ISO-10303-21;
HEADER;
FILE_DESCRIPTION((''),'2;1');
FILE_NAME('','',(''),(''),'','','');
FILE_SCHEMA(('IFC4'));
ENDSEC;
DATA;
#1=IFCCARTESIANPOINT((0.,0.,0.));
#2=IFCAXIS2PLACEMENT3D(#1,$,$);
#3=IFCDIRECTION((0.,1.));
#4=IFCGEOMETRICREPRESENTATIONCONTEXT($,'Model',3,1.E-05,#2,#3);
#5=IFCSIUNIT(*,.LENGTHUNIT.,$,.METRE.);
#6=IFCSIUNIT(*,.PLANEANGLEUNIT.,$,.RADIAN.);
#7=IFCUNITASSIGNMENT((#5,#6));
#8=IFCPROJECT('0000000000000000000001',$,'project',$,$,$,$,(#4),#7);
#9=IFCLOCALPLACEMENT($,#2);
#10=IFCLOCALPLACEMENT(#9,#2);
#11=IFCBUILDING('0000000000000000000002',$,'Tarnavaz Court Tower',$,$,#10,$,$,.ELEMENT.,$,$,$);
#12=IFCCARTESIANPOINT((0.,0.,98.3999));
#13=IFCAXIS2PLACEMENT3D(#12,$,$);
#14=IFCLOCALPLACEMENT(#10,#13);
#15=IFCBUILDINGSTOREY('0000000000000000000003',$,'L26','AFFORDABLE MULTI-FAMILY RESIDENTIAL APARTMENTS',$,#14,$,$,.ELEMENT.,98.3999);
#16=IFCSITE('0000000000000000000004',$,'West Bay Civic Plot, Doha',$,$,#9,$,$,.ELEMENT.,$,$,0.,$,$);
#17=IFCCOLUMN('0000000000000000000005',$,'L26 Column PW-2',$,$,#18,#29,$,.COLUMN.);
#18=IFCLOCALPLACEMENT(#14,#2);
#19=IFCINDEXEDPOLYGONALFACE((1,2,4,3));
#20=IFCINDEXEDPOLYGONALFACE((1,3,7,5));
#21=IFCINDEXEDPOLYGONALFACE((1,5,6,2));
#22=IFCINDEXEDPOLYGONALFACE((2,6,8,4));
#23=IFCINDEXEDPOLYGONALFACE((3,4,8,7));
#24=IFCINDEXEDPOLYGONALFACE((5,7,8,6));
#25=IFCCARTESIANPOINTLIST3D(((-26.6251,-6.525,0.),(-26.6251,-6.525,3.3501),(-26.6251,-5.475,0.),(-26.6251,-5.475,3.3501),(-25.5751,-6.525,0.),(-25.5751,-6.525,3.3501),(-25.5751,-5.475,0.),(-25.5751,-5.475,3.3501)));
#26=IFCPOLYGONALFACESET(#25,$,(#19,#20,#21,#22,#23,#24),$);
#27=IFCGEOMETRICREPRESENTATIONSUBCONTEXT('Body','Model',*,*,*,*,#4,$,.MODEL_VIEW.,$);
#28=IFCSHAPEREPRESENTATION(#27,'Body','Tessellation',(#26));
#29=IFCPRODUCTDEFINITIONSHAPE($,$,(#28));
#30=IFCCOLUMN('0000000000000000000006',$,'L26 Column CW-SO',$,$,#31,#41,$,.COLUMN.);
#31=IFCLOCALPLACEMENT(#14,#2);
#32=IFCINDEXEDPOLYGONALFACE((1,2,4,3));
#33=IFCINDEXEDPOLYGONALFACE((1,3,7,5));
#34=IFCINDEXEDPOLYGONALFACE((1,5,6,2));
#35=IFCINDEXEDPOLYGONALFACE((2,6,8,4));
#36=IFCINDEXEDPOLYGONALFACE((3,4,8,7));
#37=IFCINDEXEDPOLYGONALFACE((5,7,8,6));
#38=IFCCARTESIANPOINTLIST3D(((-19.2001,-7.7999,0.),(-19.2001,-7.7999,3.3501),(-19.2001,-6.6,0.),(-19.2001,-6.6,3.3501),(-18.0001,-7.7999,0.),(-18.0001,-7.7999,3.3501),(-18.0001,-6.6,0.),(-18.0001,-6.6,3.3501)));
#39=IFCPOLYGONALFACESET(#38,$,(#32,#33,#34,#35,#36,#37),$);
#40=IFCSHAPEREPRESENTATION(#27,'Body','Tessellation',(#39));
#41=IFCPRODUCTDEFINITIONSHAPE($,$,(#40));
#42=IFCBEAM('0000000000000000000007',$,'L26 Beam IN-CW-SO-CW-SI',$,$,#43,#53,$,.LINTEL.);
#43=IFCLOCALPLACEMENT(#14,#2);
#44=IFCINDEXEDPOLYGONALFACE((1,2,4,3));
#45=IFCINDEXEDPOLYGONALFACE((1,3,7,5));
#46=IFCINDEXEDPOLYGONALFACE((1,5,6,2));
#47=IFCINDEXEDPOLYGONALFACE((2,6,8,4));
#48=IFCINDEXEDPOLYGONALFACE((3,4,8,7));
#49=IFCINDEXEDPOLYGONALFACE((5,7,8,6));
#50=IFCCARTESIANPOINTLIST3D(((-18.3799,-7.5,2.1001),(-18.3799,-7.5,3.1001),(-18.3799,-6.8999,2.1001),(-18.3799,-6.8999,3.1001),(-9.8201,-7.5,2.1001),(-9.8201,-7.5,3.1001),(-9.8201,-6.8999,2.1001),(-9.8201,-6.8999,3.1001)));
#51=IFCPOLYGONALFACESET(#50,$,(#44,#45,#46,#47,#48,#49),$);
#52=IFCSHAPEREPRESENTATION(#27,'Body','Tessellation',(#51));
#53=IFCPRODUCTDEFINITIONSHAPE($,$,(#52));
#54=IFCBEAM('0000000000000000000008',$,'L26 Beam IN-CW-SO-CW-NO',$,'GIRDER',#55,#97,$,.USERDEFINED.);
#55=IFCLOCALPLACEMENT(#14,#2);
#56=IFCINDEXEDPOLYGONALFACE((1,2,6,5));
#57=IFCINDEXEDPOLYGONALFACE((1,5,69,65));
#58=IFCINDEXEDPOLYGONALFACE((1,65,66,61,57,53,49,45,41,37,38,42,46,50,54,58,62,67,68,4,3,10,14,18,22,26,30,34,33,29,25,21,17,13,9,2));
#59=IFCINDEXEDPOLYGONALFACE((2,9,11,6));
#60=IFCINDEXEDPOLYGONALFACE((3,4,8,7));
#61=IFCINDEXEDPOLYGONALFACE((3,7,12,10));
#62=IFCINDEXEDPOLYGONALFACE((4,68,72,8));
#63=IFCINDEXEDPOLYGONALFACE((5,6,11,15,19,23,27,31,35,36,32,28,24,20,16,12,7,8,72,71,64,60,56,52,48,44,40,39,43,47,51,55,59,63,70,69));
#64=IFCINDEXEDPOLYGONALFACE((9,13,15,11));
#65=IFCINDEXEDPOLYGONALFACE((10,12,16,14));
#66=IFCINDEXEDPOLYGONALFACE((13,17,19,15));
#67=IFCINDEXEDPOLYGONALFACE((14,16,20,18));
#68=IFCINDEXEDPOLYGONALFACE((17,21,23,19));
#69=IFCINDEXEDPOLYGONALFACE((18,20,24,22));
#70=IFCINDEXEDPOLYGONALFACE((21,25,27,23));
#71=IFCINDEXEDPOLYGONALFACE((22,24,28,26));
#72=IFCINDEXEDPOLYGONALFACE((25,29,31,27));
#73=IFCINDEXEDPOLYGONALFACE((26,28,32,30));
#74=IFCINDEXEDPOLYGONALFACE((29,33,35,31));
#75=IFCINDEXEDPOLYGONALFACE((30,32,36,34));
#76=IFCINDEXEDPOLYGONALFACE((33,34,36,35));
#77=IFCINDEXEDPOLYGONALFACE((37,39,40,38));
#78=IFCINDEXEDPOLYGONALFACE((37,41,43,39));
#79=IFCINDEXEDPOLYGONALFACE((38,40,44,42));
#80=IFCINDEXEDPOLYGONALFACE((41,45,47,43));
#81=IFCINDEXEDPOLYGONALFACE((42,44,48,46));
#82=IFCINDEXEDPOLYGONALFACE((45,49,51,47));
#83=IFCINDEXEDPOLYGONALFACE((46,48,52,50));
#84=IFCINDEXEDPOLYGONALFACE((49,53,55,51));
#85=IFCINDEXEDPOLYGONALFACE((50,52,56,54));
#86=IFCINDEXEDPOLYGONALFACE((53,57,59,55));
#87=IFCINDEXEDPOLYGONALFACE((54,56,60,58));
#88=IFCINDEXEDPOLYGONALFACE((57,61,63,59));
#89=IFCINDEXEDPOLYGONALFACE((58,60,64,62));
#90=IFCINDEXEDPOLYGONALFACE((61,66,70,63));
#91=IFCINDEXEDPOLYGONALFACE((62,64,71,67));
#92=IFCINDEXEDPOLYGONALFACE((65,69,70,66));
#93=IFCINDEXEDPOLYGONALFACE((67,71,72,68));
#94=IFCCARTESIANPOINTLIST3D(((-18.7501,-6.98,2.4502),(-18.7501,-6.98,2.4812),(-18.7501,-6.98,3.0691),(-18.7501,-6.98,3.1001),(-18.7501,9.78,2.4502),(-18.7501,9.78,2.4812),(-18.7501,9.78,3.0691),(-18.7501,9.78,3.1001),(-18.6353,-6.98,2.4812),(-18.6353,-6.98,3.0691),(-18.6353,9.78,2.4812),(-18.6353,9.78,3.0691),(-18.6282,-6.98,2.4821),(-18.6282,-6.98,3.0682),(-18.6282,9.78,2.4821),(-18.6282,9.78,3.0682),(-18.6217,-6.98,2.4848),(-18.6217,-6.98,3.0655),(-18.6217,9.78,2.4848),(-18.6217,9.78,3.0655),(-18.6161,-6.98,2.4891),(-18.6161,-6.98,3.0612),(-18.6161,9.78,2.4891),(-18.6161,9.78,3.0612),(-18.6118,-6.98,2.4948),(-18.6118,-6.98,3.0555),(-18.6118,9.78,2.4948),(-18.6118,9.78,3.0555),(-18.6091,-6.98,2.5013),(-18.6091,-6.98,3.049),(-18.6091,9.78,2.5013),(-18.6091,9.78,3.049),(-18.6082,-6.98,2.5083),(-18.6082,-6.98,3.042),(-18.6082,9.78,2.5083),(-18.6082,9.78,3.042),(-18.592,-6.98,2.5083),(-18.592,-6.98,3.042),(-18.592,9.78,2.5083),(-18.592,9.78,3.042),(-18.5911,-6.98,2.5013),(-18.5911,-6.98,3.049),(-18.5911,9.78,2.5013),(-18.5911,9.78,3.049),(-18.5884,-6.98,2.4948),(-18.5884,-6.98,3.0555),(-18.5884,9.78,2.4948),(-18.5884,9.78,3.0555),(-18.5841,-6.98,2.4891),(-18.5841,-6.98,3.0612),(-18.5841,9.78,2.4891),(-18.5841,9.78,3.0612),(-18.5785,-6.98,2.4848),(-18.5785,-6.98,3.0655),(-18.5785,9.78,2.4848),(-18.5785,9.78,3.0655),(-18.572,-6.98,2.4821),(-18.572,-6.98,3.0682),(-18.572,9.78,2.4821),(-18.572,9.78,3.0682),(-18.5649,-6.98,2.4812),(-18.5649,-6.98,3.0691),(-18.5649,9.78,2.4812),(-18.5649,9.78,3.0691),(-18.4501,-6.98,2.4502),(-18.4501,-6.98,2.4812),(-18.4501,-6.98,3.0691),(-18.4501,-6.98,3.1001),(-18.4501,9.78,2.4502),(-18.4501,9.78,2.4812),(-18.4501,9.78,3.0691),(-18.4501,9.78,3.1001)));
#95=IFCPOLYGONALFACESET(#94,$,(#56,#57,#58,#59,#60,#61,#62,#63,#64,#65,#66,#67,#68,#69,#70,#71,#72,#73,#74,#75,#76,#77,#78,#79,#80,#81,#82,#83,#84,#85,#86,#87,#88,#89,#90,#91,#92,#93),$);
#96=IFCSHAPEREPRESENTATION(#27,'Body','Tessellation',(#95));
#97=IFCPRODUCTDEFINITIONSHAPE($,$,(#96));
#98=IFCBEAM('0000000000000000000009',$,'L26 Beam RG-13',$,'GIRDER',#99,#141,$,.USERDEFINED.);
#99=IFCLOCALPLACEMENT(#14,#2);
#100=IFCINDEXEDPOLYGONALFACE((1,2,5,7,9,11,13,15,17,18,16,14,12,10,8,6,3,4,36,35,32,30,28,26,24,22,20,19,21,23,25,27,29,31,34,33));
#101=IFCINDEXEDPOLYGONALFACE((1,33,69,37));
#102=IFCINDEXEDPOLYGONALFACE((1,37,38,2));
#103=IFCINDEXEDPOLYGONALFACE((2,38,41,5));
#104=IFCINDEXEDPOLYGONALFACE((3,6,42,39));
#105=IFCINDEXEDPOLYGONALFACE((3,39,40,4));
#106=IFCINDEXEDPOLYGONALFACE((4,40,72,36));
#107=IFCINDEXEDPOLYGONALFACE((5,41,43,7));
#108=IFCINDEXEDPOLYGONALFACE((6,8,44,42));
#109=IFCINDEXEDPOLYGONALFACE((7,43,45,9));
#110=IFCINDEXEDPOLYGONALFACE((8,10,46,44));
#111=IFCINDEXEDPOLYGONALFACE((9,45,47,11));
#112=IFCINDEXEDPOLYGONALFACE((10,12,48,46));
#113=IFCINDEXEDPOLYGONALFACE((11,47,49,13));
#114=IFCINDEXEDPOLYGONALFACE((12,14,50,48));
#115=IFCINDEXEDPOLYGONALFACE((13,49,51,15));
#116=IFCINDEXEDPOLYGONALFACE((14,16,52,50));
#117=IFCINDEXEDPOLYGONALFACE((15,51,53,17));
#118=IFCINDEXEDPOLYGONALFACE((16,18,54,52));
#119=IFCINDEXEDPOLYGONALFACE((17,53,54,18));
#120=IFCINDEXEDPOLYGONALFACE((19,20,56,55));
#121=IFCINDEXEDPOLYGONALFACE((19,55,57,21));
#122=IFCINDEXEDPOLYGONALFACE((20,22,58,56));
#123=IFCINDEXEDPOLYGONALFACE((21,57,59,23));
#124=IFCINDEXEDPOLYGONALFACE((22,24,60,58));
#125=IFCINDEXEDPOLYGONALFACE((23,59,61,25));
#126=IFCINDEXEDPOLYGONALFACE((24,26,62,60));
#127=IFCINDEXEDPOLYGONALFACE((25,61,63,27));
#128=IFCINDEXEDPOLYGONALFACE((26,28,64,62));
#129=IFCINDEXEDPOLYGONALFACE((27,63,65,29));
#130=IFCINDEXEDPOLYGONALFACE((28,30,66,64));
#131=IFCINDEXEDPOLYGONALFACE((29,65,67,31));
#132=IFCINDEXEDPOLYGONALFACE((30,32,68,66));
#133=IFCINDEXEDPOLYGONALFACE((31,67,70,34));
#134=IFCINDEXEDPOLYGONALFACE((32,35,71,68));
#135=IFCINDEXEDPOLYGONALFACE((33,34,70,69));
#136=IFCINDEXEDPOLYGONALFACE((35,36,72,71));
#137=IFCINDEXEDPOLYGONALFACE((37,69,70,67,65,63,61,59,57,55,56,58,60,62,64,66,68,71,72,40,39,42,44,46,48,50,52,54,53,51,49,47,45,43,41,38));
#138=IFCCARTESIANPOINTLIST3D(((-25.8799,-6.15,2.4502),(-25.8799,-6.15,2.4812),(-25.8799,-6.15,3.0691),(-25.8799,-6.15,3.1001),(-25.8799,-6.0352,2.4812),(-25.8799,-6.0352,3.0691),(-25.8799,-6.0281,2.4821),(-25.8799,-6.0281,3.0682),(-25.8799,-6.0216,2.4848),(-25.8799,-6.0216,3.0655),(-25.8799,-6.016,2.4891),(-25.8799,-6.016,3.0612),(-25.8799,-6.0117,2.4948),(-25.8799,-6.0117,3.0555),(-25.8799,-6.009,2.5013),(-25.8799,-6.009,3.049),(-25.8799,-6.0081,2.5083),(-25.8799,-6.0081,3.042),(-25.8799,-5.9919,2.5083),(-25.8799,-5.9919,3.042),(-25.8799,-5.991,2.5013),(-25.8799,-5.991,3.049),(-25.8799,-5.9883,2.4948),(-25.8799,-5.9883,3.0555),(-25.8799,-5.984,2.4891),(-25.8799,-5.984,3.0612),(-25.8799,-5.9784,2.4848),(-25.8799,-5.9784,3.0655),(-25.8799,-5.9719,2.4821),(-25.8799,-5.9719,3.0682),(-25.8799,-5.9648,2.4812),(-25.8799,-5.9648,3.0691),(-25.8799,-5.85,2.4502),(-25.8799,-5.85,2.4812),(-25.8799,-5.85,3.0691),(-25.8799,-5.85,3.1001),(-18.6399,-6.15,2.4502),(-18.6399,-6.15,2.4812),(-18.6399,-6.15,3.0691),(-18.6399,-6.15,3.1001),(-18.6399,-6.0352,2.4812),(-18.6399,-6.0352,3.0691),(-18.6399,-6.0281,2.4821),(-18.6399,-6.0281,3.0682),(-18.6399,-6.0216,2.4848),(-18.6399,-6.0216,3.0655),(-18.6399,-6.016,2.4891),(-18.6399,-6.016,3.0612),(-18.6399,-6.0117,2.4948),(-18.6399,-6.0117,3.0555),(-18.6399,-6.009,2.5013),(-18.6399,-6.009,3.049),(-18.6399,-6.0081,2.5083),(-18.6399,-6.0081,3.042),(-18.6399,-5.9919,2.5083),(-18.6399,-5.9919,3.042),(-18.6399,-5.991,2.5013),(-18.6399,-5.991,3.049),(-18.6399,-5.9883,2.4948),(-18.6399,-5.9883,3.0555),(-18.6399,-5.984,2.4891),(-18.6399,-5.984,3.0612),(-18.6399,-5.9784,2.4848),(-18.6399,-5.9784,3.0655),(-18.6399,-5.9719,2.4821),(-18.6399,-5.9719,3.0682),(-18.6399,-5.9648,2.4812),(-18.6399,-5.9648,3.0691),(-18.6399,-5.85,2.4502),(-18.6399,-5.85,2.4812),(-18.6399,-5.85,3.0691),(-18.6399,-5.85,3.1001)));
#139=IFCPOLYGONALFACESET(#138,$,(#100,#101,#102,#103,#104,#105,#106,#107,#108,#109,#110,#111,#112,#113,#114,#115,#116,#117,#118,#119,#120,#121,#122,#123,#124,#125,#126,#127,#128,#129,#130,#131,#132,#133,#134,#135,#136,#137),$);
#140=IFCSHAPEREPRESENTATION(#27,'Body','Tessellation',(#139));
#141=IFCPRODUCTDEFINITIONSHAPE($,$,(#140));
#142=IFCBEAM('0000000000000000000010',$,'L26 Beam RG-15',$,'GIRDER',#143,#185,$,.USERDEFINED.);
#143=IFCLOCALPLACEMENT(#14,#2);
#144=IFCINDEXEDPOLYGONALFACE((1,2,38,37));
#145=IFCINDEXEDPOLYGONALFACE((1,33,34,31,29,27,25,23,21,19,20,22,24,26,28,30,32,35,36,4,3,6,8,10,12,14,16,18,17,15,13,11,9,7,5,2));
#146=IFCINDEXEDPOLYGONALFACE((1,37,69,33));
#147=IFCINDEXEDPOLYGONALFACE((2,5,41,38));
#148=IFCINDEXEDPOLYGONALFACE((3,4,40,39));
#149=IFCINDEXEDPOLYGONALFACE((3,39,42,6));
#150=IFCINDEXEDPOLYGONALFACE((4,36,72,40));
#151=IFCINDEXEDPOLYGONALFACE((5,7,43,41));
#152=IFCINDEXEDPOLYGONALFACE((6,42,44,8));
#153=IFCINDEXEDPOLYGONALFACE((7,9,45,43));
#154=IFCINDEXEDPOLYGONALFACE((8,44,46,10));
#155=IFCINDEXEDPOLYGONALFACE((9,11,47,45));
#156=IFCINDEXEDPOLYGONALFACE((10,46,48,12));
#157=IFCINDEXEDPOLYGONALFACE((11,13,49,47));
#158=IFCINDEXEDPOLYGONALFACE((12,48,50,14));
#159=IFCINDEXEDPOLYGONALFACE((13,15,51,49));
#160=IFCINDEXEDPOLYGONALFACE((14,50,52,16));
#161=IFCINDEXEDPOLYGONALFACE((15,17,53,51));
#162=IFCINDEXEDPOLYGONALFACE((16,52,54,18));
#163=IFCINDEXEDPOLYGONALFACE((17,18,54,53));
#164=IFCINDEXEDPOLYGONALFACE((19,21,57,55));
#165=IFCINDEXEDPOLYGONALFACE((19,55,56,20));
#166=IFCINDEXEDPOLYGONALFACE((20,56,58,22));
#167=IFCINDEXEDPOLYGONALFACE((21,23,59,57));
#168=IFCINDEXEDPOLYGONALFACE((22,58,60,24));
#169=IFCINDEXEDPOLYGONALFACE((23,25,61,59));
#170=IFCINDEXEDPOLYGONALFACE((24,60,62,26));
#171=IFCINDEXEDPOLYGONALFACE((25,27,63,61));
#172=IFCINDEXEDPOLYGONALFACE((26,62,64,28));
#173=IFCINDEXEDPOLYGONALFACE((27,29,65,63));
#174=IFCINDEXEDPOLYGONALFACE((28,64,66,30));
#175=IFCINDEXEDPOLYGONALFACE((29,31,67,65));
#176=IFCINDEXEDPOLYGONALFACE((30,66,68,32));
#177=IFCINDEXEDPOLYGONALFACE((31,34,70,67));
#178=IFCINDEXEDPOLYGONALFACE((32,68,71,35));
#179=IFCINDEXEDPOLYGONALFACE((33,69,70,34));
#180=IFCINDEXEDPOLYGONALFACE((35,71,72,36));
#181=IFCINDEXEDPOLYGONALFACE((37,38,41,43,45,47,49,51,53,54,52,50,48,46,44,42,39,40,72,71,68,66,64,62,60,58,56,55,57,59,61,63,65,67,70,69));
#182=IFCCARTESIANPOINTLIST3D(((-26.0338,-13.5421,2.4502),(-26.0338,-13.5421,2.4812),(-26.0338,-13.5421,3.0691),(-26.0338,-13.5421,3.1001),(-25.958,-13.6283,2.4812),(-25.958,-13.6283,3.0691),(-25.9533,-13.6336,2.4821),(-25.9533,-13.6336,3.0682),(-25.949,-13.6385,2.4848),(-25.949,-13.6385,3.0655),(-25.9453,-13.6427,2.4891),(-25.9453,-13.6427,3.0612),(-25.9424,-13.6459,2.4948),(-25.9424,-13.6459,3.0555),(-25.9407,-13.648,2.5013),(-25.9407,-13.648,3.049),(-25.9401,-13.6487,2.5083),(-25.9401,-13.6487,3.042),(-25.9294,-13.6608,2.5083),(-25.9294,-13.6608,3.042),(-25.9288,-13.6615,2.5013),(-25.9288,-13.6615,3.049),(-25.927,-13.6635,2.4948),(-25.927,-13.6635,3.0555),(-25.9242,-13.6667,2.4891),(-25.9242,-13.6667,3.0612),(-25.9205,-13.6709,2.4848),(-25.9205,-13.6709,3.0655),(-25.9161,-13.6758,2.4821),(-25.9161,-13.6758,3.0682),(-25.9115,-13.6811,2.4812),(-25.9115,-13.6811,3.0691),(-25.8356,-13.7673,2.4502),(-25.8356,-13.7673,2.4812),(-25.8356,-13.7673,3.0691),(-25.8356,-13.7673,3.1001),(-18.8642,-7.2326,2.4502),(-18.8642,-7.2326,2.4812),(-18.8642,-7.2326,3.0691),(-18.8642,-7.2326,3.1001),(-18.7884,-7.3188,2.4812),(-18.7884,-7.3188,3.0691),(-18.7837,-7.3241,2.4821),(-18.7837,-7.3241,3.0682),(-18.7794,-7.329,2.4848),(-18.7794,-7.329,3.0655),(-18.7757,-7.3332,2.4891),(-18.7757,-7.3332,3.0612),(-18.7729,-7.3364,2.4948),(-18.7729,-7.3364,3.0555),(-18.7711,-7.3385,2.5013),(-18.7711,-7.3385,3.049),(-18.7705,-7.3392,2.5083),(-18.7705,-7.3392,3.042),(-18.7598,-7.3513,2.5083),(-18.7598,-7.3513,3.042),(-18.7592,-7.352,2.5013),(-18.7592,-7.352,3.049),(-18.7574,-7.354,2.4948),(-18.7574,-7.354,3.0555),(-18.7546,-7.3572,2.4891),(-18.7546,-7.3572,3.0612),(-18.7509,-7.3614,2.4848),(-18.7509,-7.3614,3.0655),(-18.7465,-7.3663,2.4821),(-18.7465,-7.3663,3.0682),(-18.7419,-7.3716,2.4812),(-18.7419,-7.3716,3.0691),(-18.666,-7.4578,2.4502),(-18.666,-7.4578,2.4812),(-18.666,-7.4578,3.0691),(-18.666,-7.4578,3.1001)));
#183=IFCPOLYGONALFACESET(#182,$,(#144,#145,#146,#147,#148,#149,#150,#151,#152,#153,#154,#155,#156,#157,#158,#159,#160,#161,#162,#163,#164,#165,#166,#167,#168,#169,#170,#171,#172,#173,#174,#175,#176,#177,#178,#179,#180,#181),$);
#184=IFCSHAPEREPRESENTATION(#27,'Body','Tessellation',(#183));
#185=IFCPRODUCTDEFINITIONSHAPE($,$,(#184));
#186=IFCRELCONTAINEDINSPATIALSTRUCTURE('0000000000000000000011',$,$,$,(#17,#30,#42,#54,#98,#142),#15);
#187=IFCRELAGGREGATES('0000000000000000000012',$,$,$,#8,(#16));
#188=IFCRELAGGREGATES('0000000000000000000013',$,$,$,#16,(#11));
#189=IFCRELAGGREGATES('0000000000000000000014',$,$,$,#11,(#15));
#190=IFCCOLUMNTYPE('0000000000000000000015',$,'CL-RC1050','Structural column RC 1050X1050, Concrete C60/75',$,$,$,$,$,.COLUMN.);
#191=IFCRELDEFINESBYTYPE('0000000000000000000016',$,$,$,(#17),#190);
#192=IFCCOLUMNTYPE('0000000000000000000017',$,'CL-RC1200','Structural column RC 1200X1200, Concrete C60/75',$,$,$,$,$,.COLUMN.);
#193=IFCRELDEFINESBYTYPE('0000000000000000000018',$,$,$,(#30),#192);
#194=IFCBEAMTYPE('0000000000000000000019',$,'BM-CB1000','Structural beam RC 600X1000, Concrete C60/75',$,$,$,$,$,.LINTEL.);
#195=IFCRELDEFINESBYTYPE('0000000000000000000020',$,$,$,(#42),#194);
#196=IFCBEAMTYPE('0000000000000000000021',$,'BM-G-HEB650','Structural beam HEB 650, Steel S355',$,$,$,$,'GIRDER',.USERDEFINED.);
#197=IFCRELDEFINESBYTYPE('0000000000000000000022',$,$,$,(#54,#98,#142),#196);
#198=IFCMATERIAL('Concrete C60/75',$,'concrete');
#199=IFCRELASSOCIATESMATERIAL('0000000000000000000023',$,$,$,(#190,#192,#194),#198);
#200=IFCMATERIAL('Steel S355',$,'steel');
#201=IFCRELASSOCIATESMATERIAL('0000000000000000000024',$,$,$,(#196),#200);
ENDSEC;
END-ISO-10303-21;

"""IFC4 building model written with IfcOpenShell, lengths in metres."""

from ifc_helpers import new_model, si_unit, direction, frame, origin, origin_2d, place, context, subcontext, project, spatial, rectangle, i_section, extrude, material, material_profile, profile_set, type_object, element, save


model = new_model("IFC4")

# Units and contexts
model_context = context("Model", 3, precision=1e-05, world=origin(), true_north=direction((0.0, 1.0)))
body_context = subcontext(model_context, "Body", "Model", "MODEL_VIEW")
ifc_project = project(units=[si_unit("LENGTHUNIT", "METRE"), si_unit("PLANEANGLEUNIT", "RADIAN")], contexts=[model_context])

# Site, building, storey
site_placement = place(None, origin())
site = spatial("IfcSite", under=ifc_project, at=site_placement, Name="West Bay Civic Plot, Doha", CompositionType="ELEMENT", RefElevation=0.0)
building_placement = place(site_placement, origin())
building = spatial("IfcBuilding", under=site, at=building_placement, Name="Tarnavaz Court Tower", CompositionType="ELEMENT")
storey_placement = place(building_placement, frame((0.0, 0.0, 98.3999)))
storey = spatial("IfcBuildingStorey", under=building, at=storey_placement, Name="L26", Description="AFFORDABLE MULTI-FAMILY RESIDENTIAL APARTMENTS", CompositionType="ELEMENT", Elevation=98.3999)

# Columns
ifc_material_1 = material(Name="Concrete C60/75", Category="concrete")
ifc_material_profile_1 = material_profile(ifc_material_1, rectangle(XDim=1.05, YDim=1.05, at=origin_2d()), Name="RC 1050X1050")
ifc_profile_set_1 = profile_set([ifc_material_profile_1], Name="Concrete C60/75")
column_type_1 = type_object("IfcColumnType", Name="CL-RC1050", Description="Structural column RC 1050X1050, Concrete C60/75", PredefinedType="COLUMN", material=ifc_profile_set_1)
column_1_placement = place(storey_placement, frame((-26.1001, -6.0, 0.0), z_axis=(0.0, 0.0, 1.0), x_axis=(1.0, 0.0, 0.0)))
element("IfcColumn", 1, at=column_1_placement, inside=storey, type_object=column_type_1, Name="L26 Column PW-2", PredefinedType="COLUMN", context=body_context, shape_type="SweptSolid", body=[
    extrude(rectangle(XDim=1.05, YDim=1.05, at=origin_2d()), origin(), (0.0, 0.0, 1.0), 3.3501),
])
ifc_material_profile_2 = material_profile(ifc_material_1, rectangle(XDim=1.2, YDim=1.2, at=origin_2d()), Name="RC 1200X1200")
ifc_profile_set_2 = profile_set([ifc_material_profile_2], Name="Concrete C60/75")
column_type_2 = type_object("IfcColumnType", Name="CL-RC1200", Description="Structural column RC 1200X1200, Concrete C60/75", PredefinedType="COLUMN", material=ifc_profile_set_2)
column_2_placement = place(storey_placement, frame((-18.6001, -7.2, 0.0), z_axis=(0.0, 0.0, 1.0), x_axis=(1.0, 0.0, 0.0)))
element("IfcColumn", 2, at=column_2_placement, inside=storey, type_object=column_type_2, Name="L26 Column CW-SO", PredefinedType="COLUMN", context=body_context, shape_type="SweptSolid", body=[
    extrude(rectangle(XDim=1.2, YDim=1.2, at=origin_2d()), origin(), (0.0, 0.0, 1.0), 3.3501),
])

# Beams
ifc_material_profile_3 = material_profile(ifc_material_1, rectangle(XDim=0.6001, YDim=1.0, at=origin_2d()), Name="RC 600X1000")
ifc_profile_set_3 = profile_set([ifc_material_profile_3], Name="Concrete C60/75")
beam_type_1 = type_object("IfcBeamType", Name="BM-CB1000", Description="Structural beam RC 600X1000, Concrete C60/75", PredefinedType="LINTEL", material=ifc_profile_set_3)
beam_1_placement = place(storey_placement, frame((-18.3799, -7.2, 2.6001), z_axis=(1.0, 0.0, 0.0), x_axis=(0.0, 1.0, 0.0)))
element("IfcBeam", 3, at=beam_1_placement, inside=storey, type_object=beam_type_1, Name="L26 Beam IN-CW-SO-CW-SI", PredefinedType="LINTEL", context=body_context, shape_type="SweptSolid", body=[
    extrude(rectangle(XDim=0.6001, YDim=1.0, at=origin_2d()), origin(), (0.0, 0.0, 1.0), 8.5598),
])
ifc_material_2 = material(Name="Steel S355", Category="steel")
ifc_material_profile_4 = material_profile(ifc_material_2, i_section(OverallWidth=0.3, OverallDepth=0.6499, WebThickness=0.0161, FlangeThickness=0.031, FilletRadius=0.0271, at=origin_2d()), Name="HEB 650")
ifc_profile_set_4 = profile_set([ifc_material_profile_4], Name="Steel S355")
beam_type_2 = type_object("IfcBeamType", Name="BM-G-HEB650", Description="Structural beam HEB 650, Steel S355", ElementType="GIRDER", PredefinedType="USERDEFINED", material=ifc_profile_set_4)
beam_2_placement = place(storey_placement, frame((-18.6001, -6.98, 2.7751), z_axis=(0.0, 1.0, 0.0), x_axis=(-1.0, 0.0, 0.0)))
element("IfcBeam", 4, at=beam_2_placement, inside=storey, type_object=beam_type_2, Name="L26 Beam IN-CW-SO-CW-NO", ObjectType="GIRDER", PredefinedType="USERDEFINED", context=body_context, shape_type="SweptSolid", body=[
    extrude(i_section(OverallWidth=0.3, OverallDepth=0.6499, WebThickness=0.0161, FlangeThickness=0.031, FilletRadius=0.0271, at=origin_2d()), origin(), (0.0, 0.0, 1.0), 16.76),
])
beam_3_placement = place(storey_placement, frame((-18.6399, -6.0, 2.7751), z_axis=(-1.0, 0.0, 0.0), x_axis=(0.0, -1.0, 0.0)))
element("IfcBeam", 5, at=beam_3_placement, inside=storey, type_object=beam_type_2, Name="L26 Beam RG-13", ObjectType="GIRDER", PredefinedType="USERDEFINED", context=body_context, shape_type="SweptSolid", body=[
    extrude(i_section(OverallWidth=0.3, OverallDepth=0.6499, WebThickness=0.0161, FlangeThickness=0.031, FilletRadius=0.0271, at=origin_2d()), origin(), (0.0, 0.0, 1.0), 7.24),
])
beam_4_placement = place(storey_placement, frame((-18.7651, -7.3452, 2.7751), z_axis=(-0.7507, -0.660643, 0.0), x_axis=(0.660643, -0.7507, 0.0)))
element("IfcBeam", 6, at=beam_4_placement, inside=storey, type_object=beam_type_2, Name="L26 Beam RG-15", ObjectType="GIRDER", PredefinedType="USERDEFINED", context=body_context, shape_type="SweptSolid", body=[
    extrude(i_section(OverallWidth=0.3, OverallDepth=0.6499, WebThickness=0.0161, FlangeThickness=0.031, FilletRadius=0.0271, at=origin_2d()), origin(), (0.0, 0.0, 1.0), 9.5505),
])

save(model, "model.ifc")
